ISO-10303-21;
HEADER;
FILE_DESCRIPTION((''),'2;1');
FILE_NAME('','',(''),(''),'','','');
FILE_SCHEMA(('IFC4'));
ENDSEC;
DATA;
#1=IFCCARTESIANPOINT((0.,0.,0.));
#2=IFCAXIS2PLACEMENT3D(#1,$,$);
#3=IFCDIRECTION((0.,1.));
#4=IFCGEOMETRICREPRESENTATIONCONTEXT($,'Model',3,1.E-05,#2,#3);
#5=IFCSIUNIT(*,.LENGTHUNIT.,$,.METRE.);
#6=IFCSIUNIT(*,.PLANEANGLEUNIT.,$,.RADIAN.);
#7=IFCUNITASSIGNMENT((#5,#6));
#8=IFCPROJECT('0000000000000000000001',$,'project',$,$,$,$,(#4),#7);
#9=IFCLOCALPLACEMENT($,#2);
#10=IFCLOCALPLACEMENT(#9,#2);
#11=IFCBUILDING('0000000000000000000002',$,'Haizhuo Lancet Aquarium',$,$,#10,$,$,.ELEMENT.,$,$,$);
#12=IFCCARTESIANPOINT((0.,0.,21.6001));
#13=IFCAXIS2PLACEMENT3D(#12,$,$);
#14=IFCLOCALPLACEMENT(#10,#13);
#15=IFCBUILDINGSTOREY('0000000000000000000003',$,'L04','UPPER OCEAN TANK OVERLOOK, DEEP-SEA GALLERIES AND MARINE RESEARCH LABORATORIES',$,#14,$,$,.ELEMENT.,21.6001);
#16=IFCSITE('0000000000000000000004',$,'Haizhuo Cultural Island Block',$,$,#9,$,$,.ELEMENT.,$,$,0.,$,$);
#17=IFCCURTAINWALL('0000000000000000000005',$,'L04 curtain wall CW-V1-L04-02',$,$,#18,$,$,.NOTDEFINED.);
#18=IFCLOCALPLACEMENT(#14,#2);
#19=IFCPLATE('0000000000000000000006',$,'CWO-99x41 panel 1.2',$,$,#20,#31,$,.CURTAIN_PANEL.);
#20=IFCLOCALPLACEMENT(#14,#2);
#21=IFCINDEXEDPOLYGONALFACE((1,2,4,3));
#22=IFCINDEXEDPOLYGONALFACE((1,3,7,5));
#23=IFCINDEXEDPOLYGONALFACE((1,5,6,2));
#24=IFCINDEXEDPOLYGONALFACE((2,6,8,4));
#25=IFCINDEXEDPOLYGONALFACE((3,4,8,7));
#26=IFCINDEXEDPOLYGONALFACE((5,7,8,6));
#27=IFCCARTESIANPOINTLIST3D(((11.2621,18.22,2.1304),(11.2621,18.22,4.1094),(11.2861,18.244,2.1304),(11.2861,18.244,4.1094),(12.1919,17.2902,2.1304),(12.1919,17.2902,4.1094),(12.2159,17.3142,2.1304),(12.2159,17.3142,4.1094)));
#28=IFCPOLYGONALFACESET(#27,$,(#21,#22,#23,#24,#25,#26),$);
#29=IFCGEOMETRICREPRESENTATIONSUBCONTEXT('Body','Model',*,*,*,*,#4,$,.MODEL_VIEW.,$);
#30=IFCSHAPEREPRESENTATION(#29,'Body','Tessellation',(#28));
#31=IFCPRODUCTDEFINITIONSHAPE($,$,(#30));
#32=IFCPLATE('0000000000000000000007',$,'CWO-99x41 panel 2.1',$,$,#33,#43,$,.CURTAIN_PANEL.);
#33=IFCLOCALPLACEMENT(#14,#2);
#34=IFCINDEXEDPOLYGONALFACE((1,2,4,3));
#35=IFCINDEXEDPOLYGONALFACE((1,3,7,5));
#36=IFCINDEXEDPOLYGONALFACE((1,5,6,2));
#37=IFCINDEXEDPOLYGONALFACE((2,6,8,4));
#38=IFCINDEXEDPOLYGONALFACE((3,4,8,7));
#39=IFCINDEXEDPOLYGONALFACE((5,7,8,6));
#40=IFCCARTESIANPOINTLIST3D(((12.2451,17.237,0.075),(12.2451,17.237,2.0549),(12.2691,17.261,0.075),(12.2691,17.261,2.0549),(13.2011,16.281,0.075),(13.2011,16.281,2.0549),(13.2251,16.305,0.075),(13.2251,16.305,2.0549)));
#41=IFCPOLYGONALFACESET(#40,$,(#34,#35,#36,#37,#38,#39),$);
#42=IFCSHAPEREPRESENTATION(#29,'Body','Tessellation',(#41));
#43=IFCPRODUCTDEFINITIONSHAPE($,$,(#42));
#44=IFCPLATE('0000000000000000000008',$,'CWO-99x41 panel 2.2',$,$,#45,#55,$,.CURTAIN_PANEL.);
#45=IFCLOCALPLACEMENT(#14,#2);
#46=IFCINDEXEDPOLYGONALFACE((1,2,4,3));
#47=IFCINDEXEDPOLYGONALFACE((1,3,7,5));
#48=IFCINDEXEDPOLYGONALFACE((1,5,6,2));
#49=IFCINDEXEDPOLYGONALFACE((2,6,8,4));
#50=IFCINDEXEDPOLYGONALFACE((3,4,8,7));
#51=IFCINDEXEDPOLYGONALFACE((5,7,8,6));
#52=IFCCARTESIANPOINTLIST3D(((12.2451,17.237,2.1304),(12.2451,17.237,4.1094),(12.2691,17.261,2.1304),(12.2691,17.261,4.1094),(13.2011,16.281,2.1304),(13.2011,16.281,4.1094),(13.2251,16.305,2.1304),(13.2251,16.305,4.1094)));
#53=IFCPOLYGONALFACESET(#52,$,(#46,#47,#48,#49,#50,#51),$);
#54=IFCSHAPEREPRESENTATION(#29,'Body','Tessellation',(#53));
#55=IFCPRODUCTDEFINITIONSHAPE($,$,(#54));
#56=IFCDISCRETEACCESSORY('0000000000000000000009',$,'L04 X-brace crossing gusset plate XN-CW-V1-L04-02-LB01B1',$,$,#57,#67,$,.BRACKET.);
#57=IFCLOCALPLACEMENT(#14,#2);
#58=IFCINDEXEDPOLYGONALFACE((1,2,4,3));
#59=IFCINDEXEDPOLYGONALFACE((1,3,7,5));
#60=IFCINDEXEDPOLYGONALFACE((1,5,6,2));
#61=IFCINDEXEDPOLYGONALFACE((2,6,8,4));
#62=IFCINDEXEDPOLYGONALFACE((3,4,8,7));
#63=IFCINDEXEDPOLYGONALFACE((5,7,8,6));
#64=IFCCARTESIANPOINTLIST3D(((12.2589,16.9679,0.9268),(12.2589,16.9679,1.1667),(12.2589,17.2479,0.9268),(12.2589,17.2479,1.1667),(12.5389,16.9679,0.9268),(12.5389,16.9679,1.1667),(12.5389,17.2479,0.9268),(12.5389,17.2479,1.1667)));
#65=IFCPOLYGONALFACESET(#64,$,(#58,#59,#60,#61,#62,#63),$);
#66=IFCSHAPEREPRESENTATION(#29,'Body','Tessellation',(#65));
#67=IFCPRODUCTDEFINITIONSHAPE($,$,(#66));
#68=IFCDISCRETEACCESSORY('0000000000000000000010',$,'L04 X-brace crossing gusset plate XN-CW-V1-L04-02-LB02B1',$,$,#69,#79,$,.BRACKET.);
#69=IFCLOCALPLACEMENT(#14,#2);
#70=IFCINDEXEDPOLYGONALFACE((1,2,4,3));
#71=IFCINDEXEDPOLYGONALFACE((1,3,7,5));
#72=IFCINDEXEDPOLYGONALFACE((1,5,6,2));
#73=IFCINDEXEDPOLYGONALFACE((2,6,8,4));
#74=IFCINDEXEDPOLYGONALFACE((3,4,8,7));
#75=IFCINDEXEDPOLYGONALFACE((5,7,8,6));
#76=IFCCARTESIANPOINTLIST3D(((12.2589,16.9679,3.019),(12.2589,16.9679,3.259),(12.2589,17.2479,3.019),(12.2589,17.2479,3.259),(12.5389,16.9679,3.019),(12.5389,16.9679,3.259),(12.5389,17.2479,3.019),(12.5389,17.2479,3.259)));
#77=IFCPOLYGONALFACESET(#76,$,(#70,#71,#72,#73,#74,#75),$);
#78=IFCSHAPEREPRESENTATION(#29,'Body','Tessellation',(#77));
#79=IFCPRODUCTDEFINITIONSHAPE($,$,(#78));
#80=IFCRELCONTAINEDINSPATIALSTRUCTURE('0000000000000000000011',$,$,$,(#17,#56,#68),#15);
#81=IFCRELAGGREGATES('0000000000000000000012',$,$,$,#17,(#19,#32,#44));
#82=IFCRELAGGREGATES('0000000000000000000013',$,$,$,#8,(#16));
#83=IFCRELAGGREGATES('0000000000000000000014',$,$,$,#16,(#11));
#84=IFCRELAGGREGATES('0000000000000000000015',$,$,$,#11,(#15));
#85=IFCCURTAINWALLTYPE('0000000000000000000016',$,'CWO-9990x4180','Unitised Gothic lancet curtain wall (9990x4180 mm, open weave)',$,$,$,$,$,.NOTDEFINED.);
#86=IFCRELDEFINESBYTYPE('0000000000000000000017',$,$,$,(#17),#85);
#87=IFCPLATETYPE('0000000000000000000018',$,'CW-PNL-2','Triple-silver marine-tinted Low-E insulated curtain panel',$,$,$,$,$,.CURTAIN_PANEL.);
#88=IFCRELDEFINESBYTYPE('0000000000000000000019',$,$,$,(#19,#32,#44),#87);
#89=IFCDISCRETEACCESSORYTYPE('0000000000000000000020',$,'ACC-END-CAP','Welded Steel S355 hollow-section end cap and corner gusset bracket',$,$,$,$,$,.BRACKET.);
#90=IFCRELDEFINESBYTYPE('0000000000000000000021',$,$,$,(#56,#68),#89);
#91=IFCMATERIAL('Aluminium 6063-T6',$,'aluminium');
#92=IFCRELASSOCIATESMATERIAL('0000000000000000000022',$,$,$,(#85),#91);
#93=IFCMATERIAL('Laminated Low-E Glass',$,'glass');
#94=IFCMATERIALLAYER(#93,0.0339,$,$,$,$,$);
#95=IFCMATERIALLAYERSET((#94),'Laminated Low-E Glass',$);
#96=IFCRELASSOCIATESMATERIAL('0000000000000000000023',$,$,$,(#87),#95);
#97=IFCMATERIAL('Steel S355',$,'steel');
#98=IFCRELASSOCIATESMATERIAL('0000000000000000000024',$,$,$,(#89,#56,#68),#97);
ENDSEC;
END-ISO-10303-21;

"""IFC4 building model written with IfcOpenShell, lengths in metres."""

from ifc_helpers import new_model, si_unit, direction, frame, origin, origin_2d, place, context, subcontext, project, spatial, rectangle, extrude, material, layer, layer_set, type_object, element, aggregate, save


model = new_model("IFC4")

# Units and contexts
model_context = context("Model", 3, precision=1e-05, world=origin(), true_north=direction((0.0, 1.0)))
body_context = subcontext(model_context, "Body", "Model", "MODEL_VIEW")
ifc_project = project(units=[si_unit("LENGTHUNIT", "METRE"), si_unit("PLANEANGLEUNIT", "RADIAN")], contexts=[model_context])

# Site, building, storey
site_placement = place(None, origin())
site = spatial("IfcSite", under=ifc_project, at=site_placement, Name="Haizhuo Cultural Island Block", CompositionType="ELEMENT", RefElevation=0.0)
building_placement = place(site_placement, origin())
building = spatial("IfcBuilding", under=site, at=building_placement, Name="Haizhuo Lancet Aquarium", CompositionType="ELEMENT")
storey_placement = place(building_placement, frame((0.0, 0.0, 21.6001)))
storey = spatial("IfcBuildingStorey", under=building, at=storey_placement, Name="L04", Description="UPPER OCEAN TANK OVERLOOK, DEEP-SEA GALLERIES AND MARINE RESEARCH LABORATORIES", CompositionType="ELEMENT", Elevation=21.6001)

# Curtain wall
ifc_material_1 = material(Name="Aluminium 6063-T6", Category="aluminium")
curtain_wall_type = type_object("IfcCurtainWallType", Name="CWO-9990x4180", Description="Unitised Gothic lancet curtain wall (9990x4180 mm, open weave)", PredefinedType="NOTDEFINED", material=ifc_material_1)
curtain_wall_placement = place(storey_placement, origin())
curtain_wall = element("IfcCurtainWall", 1, at=curtain_wall_placement, inside=storey, type_object=curtain_wall_type, Name="L04 curtain wall CW-V1-L04-02", PredefinedType="NOTDEFINED")

# Shared definitions
ifc_material_2 = material(Name="Steel S355", Category="steel")

# Plates
ifc_material_3 = material(Name="Laminated Low-E Glass", Category="glass")
ifc_layer = layer(ifc_material_3, 0.0339)
ifc_layer_set = layer_set([ifc_layer], Name="Laminated Low-E Glass")
plate_type = type_object("IfcPlateType", Name="CW-PNL-2", Description="Triple-silver marine-tinted Low-E insulated curtain panel", PredefinedType="CURTAIN_PANEL", material=ifc_layer_set)
plate_1_placement = place(storey_placement, frame((11.739, 17.7671, 2.1304), z_axis=(0.0, 0.0, 1.0), x_axis=(0.707107, -0.707107, 0.0)))
plate_1 = element("IfcPlate", 2, at=plate_1_placement, type_object=plate_type, Name="CWO-99x41 panel 1.2", PredefinedType="CURTAIN_PANEL", context=body_context, shape_type="SweptSolid", body=[
    extrude(rectangle(XDim=1.3149, YDim=0.0339, at=origin_2d()), origin(), (0.0, 0.0, 1.0), 1.979),
])
plate_2_placement = place(storey_placement, frame((12.7351, 16.771, 0.075), z_axis=(0.0, 0.0, 1.0), x_axis=(0.707107, -0.707107, 0.0)))
plate_2 = element("IfcPlate", 3, at=plate_2_placement, type_object=plate_type, Name="CWO-99x41 panel 2.1", PredefinedType="CURTAIN_PANEL", context=body_context, shape_type="SweptSolid", body=[
    extrude(rectangle(XDim=1.3521, YDim=0.0339, at=origin_2d()), origin(), (0.0, 0.0, 1.0), 1.98),
])
plate_3_placement = place(storey_placement, frame((12.7351, 16.771, 2.1304), z_axis=(0.0, 0.0, 1.0), x_axis=(0.707107, -0.707107, 0.0)))
plate_3 = element("IfcPlate", 4, at=plate_3_placement, type_object=plate_type, Name="CWO-99x41 panel 2.2", PredefinedType="CURTAIN_PANEL", context=body_context, shape_type="SweptSolid", body=[
    extrude(rectangle(XDim=1.3521, YDim=0.0339, at=origin_2d()), origin(), (0.0, 0.0, 1.0), 1.979),
])
aggregate(curtain_wall, [plate_1, plate_2, plate_3])

# Discrete accessories
discrete_accessory_type = type_object("IfcDiscreteAccessoryType", Name="ACC-END-CAP", Description="Welded Steel S355 hollow-section end cap and corner gusset bracket", PredefinedType="BRACKET", material=ifc_material_2)
for number, where, z_axis, x_axis, name in (
    (5, (12.3989, 17.1079, 0.9268), (0.0, 0.0, 1.0), (1.0, 0.0, 0.0), "L04 X-brace crossing gusset plate XN-CW-V1-L04-02-LB01B1"),
    (6, (12.3989, 17.1079, 3.019), (0.0, 0.0, 1.0), (1.0, 0.0, 0.0), "L04 X-brace crossing gusset plate XN-CW-V1-L04-02-LB02B1"),
):
    element("IfcDiscreteAccessory", number, at=place(storey_placement, frame(where, z_axis=z_axis, x_axis=x_axis)), inside=storey, type_object=discrete_accessory_type, material=ifc_material_2, Name=name, PredefinedType="BRACKET", context=body_context, shape_type="SweptSolid", body=[
        extrude(rectangle(XDim=0.28, YDim=0.28, at=origin_2d()), origin(), (0.0, 0.0, 1.0), 0.24),
    ])

save(model, "model.ifc")
